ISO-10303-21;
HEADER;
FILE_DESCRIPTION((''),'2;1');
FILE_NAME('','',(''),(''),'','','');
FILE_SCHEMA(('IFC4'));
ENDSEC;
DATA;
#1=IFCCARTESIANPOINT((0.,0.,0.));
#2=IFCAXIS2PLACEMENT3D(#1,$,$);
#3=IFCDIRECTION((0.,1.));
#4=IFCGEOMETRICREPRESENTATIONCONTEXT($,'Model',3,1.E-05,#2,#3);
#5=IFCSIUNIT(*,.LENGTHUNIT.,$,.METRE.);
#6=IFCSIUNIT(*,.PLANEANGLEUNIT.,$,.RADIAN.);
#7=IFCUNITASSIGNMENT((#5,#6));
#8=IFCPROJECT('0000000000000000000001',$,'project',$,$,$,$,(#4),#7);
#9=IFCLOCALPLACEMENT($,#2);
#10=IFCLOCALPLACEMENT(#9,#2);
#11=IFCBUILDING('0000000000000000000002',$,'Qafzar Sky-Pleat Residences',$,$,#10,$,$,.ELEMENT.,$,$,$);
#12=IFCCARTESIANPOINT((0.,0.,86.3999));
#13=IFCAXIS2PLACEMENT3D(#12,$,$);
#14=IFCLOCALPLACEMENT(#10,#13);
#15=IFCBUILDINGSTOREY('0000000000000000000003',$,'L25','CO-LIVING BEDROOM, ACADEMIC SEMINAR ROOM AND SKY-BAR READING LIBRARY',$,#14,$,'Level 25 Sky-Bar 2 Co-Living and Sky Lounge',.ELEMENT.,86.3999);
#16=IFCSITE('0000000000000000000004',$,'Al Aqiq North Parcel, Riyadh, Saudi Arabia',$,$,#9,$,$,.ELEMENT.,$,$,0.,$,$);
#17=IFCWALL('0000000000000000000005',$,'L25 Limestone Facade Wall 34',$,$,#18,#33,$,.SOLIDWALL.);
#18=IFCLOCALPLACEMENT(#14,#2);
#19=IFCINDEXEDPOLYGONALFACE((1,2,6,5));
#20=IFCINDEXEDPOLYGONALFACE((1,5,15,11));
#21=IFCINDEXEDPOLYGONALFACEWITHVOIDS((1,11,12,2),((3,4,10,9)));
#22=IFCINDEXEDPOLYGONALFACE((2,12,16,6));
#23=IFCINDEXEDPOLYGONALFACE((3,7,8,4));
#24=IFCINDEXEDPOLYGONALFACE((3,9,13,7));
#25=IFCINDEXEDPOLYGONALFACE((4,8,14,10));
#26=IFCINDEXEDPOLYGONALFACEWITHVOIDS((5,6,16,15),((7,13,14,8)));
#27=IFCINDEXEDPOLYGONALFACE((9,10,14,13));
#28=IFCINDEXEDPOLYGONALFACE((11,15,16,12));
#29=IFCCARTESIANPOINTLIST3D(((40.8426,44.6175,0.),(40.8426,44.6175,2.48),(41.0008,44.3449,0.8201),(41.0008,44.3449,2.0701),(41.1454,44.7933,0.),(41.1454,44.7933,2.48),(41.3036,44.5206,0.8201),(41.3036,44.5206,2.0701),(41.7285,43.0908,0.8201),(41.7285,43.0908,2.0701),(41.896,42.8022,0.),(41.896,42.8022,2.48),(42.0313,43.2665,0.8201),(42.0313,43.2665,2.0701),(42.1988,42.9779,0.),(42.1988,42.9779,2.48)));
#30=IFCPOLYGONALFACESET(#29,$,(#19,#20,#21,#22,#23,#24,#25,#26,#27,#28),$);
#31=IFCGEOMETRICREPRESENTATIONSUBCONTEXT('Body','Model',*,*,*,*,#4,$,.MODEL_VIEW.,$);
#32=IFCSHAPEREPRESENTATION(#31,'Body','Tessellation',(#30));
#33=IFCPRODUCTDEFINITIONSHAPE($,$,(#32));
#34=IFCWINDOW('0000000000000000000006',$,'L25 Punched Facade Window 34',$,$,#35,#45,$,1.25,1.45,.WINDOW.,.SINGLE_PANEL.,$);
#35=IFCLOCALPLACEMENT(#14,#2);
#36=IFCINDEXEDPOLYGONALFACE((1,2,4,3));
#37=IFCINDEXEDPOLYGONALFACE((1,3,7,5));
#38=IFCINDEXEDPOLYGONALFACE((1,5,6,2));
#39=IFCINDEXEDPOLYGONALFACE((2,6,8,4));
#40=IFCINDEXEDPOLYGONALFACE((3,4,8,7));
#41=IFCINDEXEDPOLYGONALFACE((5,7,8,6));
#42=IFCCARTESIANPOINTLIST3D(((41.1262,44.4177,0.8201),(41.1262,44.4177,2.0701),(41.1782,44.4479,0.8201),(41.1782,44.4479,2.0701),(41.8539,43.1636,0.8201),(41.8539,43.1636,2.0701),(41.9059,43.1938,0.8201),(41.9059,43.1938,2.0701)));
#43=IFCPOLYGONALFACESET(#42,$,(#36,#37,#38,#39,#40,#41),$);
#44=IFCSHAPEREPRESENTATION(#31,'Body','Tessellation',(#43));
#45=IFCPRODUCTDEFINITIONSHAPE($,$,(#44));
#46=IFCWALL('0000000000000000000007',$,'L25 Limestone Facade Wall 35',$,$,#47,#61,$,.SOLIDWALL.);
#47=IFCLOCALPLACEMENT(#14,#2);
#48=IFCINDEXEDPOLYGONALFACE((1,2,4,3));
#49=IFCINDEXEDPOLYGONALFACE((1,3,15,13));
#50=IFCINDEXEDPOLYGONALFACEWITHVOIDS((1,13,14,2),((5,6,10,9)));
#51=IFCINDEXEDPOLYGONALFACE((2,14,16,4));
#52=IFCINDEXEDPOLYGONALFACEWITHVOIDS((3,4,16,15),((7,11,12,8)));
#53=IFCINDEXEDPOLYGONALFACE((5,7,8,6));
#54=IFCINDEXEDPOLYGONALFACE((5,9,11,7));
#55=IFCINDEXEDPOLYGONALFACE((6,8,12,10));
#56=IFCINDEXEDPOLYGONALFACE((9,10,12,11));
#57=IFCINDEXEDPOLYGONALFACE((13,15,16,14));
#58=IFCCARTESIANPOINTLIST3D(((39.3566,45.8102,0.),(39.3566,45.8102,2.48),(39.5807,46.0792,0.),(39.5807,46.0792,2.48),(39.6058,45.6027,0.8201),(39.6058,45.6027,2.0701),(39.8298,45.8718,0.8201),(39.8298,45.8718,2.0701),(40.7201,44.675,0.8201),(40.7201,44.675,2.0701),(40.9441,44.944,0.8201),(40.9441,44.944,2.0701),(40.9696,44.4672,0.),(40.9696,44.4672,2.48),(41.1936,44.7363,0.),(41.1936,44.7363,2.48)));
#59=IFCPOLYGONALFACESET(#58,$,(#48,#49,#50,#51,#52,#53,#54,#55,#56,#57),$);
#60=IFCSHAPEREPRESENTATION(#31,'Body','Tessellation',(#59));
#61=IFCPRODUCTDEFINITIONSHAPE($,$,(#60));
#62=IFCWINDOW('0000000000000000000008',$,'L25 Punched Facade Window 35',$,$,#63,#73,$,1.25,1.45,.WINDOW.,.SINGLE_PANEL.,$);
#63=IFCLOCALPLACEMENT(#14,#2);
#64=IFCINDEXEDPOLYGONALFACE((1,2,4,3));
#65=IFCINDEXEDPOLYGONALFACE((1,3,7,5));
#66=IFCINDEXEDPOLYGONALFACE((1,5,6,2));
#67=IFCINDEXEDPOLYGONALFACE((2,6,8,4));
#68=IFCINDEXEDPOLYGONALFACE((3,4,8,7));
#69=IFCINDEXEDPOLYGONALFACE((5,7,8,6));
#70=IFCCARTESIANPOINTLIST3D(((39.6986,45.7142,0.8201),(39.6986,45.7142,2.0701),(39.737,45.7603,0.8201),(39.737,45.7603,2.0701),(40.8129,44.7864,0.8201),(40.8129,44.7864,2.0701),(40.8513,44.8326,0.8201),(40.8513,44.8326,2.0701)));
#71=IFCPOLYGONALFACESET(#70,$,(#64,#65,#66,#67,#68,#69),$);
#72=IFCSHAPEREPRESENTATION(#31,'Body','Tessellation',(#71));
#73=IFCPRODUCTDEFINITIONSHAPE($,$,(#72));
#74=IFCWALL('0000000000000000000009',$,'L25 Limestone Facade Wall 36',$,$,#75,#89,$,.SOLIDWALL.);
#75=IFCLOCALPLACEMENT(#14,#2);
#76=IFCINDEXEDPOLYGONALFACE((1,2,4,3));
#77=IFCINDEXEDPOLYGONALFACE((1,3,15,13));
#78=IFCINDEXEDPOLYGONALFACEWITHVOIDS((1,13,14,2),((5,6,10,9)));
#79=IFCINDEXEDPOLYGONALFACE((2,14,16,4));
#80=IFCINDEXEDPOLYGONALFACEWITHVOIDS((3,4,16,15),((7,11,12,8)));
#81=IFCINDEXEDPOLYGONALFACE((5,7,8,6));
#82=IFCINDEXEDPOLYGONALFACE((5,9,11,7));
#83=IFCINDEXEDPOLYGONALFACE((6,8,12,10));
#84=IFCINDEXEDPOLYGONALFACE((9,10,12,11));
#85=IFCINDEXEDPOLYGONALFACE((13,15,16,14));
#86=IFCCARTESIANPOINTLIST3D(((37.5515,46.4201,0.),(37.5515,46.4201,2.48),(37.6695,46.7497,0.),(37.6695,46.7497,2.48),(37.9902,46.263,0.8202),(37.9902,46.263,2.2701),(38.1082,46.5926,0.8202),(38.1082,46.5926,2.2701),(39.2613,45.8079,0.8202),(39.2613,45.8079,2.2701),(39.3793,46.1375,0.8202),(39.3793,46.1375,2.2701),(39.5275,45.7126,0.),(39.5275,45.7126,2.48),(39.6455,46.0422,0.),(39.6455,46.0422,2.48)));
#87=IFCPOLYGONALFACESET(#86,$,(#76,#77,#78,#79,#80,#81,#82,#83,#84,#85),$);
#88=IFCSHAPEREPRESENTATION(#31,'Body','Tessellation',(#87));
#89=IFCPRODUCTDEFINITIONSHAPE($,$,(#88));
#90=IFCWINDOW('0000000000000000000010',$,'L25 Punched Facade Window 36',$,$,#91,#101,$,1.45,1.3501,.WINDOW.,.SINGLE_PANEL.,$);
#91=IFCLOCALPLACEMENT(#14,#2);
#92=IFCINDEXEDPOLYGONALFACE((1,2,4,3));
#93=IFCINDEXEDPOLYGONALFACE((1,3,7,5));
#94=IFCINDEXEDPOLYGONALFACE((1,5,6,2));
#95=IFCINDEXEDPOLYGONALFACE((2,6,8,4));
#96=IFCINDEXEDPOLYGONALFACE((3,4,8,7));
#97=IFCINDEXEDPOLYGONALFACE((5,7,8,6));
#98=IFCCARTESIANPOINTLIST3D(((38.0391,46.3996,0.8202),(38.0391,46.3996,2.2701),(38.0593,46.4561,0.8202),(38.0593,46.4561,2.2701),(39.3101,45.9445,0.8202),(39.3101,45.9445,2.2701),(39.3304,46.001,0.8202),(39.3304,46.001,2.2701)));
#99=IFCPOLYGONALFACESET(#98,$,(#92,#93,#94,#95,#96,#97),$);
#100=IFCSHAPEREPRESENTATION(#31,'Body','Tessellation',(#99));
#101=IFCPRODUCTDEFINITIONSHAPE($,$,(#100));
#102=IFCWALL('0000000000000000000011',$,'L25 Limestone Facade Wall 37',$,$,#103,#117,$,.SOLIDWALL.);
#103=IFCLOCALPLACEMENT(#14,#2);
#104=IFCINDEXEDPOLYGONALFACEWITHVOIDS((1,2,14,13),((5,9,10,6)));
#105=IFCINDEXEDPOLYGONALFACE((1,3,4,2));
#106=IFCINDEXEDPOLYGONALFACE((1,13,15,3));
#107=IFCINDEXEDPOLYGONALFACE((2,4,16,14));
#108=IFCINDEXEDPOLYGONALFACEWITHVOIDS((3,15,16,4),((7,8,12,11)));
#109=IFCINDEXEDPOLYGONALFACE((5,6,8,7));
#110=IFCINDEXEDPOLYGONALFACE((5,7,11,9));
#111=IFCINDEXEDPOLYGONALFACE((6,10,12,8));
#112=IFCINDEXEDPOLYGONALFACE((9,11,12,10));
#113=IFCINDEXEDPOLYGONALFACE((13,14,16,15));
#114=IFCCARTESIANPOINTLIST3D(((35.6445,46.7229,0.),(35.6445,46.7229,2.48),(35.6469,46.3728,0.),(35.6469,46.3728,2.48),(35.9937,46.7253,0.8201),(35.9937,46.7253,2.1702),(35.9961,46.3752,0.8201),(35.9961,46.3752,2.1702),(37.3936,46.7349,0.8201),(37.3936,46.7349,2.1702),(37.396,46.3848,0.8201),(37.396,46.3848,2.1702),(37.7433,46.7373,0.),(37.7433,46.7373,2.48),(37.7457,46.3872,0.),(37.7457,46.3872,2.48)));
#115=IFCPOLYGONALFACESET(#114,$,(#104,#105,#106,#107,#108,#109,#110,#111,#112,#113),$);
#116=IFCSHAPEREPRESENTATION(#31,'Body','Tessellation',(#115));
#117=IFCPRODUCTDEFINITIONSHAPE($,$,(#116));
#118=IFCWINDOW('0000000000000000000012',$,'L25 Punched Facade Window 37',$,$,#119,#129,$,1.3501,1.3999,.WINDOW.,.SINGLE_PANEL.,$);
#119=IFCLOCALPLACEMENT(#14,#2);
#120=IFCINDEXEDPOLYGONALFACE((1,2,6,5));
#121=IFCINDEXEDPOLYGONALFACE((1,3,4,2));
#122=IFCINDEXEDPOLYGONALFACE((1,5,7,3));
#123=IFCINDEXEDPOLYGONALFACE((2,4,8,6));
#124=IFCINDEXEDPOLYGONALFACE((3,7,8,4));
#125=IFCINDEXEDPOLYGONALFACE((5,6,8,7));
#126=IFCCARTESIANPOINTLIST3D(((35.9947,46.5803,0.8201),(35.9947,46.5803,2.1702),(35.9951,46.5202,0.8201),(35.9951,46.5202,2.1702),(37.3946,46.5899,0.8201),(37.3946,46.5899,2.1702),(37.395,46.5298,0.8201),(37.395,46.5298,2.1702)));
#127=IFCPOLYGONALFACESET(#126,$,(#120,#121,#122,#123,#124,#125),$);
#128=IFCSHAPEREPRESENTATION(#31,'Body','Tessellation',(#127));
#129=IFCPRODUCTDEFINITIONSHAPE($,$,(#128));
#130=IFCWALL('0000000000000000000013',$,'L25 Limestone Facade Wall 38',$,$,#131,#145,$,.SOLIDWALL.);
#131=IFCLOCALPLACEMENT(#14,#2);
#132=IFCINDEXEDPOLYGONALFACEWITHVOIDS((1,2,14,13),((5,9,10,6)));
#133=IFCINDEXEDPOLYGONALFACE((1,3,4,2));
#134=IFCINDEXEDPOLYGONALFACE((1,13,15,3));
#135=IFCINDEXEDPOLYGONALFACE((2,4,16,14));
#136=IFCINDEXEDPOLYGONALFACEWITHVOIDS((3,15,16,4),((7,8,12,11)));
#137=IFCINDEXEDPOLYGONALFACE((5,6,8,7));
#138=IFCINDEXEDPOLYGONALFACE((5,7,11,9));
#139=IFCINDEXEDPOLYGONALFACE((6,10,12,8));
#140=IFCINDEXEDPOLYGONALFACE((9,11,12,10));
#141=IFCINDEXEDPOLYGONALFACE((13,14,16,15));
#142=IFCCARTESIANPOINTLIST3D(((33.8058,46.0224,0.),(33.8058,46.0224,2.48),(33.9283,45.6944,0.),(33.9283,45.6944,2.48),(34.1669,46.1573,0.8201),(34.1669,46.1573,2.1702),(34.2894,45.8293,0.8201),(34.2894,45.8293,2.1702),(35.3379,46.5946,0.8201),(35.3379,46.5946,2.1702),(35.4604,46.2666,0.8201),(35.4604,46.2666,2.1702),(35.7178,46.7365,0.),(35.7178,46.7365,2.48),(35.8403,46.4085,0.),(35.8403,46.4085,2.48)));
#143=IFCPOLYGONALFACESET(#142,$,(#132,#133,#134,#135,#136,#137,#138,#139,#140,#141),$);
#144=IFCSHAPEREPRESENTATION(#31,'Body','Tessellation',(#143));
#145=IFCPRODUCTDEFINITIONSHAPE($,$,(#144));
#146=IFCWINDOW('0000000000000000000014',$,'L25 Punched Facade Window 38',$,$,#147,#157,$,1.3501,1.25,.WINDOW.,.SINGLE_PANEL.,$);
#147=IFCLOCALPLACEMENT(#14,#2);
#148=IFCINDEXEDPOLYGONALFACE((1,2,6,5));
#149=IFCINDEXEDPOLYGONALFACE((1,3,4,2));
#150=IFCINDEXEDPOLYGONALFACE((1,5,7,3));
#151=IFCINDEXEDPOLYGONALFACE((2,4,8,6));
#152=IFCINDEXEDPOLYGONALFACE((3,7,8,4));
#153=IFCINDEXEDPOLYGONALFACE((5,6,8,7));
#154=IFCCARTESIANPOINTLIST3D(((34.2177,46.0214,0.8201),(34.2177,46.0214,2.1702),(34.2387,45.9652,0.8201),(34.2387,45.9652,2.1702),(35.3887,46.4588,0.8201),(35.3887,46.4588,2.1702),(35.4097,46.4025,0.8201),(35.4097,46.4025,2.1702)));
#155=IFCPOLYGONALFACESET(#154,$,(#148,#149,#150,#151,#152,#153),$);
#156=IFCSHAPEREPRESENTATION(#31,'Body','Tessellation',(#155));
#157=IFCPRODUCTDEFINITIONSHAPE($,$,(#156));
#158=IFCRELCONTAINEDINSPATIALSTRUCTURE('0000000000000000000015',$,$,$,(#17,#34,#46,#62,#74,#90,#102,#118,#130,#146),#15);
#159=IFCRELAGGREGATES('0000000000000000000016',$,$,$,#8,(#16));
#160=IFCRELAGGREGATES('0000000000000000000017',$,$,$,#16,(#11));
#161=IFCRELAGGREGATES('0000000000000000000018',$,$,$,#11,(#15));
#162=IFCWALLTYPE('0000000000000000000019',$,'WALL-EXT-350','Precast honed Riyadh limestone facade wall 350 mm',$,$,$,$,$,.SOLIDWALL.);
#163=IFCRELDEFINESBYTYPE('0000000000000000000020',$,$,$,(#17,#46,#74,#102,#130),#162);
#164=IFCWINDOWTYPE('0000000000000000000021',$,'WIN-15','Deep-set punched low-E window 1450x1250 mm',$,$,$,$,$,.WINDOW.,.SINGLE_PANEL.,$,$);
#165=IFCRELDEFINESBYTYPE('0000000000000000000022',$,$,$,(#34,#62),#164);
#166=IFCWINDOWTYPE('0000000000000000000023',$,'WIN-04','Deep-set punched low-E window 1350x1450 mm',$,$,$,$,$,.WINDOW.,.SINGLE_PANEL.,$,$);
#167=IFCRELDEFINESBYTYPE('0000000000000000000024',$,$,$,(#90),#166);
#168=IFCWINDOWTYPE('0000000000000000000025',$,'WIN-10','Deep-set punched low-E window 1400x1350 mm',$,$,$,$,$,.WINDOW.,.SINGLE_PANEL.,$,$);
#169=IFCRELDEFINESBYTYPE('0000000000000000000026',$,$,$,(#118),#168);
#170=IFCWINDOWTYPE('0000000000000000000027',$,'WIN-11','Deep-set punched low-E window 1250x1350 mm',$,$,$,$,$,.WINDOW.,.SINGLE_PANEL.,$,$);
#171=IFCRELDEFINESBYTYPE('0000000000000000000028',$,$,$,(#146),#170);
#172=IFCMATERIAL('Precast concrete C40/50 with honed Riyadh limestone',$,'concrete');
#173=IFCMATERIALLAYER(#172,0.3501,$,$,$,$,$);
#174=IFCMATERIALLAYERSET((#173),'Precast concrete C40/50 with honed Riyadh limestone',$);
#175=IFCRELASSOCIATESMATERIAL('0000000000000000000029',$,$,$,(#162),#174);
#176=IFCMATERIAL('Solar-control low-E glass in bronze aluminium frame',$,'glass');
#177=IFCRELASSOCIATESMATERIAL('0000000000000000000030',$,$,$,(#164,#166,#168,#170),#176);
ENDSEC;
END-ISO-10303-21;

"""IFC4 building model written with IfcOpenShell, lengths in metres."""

from ifc_helpers import new_model, si_unit, direction, frame, frame_2d, origin, place, context, subcontext, project, spatial, rectangle, extrude, source, transform, mapped, material, layer, layer_set, type_object, element, fill, save


model = new_model("IFC4")

# Units and contexts
model_context = context("Model", 3, precision=1e-05, world=origin(), true_north=direction((0.0, 1.0)))
body_context = subcontext(model_context, "Body", "Model", "MODEL_VIEW")
ifc_project = project(units=[si_unit("LENGTHUNIT", "METRE"), si_unit("PLANEANGLEUNIT", "RADIAN")], contexts=[model_context])

# Site, building, storey
site_placement = place(None, origin())
site = spatial("IfcSite", under=ifc_project, at=site_placement, Name="Al Aqiq North Parcel, Riyadh, Saudi Arabia", CompositionType="ELEMENT", RefElevation=0.0)
building_placement = place(site_placement, origin())
building = spatial("IfcBuilding", under=site, at=building_placement, Name="Qafzar Sky-Pleat Residences", CompositionType="ELEMENT")
storey_placement = place(building_placement, frame((0.0, 0.0, 86.3999)))
storey = spatial("IfcBuildingStorey", under=building, at=storey_placement, Name="L25", Description="CO-LIVING BEDROOM, ACADEMIC SEMINAR ROOM AND SKY-BAR READING LIBRARY", LongName="Level 25 Sky-Bar 2 Co-Living and Sky Lounge", CompositionType="ELEMENT", Elevation=86.3999)

# Walls, openings, windows
ifc_material_1 = material(Name="Precast concrete C40/50 with honed Riyadh limestone", Category="concrete")
ifc_layer_1 = layer(ifc_material_1, 0.3501)
ifc_layer_set_1 = layer_set([ifc_layer_1], Name="Precast concrete C40/50 with honed Riyadh limestone")
wall_type_1 = type_object("IfcWallType", Name="WALL-EXT-350", Description="Precast honed Riyadh limestone facade wall 350 mm", PredefinedType="SOLIDWALL", material=ifc_layer_set_1)
ifc_material_2 = material(Name="Solar-control low-E glass in bronze aluminium frame", Category="glass")
wall_1_placement = place(storey_placement, frame((42.0474, 42.8901, 0.0), z_axis=(0.0, 0.0, 1.0), x_axis=(-0.501903, 0.864924, 0.0)))
wall_1 = element("IfcWall", 1, at=wall_1_placement, inside=storey, type_object=wall_type_1, Name="L25 Limestone Facade Wall 34", PredefinedType="SOLIDWALL", context=body_context, shape_type="SweptSolid", body=[
    extrude(rectangle(XDim=2.0989, YDim=0.3501, at=frame_2d((1.0493, 0.0))), origin(), (0.0, 0.0, 1.0), 2.48),
])
opening_1_placement = place(wall_1_placement, frame((0.3335, 0.0, 0.8201)))
opening_1 = element("IfcOpeningElement", 2, at=opening_1_placement, cuts=wall_1, PredefinedType="OPENING", context=body_context, shape_type="SweptSolid", body=[
    extrude(rectangle(XDim=1.45, YDim=1.25, at=frame_2d((0.7251, 0.625))), frame((0.0, 0.1851, 0.0), z_axis=(0.0, -1.0, 0.0), x_axis=(1.0, 0.0, 0.0)), (0.0, 0.0, 1.0), 0.3701),
])
window_type_1 = type_object("IfcWindowType", Name="WIN-15", Description="Deep-set punched low-E window 1450x1250 mm", PartitioningType="SINGLE_PANEL", PredefinedType="WINDOW", material=ifc_material_2)
shared_shape_1 = source(origin(), body_context, "Body", "SweptSolid", [
    extrude(rectangle(XDim=1.45, YDim=1.25, at=frame_2d((0.7251, 0.625))), frame((0.0, 0.03, 0.0), z_axis=(0.0, -1.0, 0.0), x_axis=(1.0, 0.0, 0.0)), (0.0, 0.0, 1.0), 0.0601),
])
window_1_placement = place(opening_1_placement, origin())
window_1 = element("IfcWindow", 3, at=window_1_placement, inside=storey, type_object=window_type_1, Name="L25 Punched Facade Window 34", OverallHeight=1.25, OverallWidth=1.45, PartitioningType="SINGLE_PANEL", PredefinedType="WINDOW", context=body_context, shape_type="MappedRepresentation", body=[
    mapped(shared_shape_1, transform((0.0, 0.0, 0.0), x_axis=(1.0, 0.0, 0.0), y_axis=(0.0, 1.0, 0.0), z_axis=(0.0, 0.0, 1.0), scale=1.0)),
])
fill(opening_1, window_1)
wall_2_placement = place(storey_placement, frame((41.0815, 44.6018, 0.0), z_axis=(0.0, 0.0, 1.0), x_axis=(-0.768498, 0.639853, 0.0)))
wall_2 = element("IfcWall", 4, at=wall_2_placement, inside=storey, type_object=wall_type_1, Name="L25 Limestone Facade Wall 35", PredefinedType="SOLIDWALL", context=body_context, shape_type="SweptSolid", body=[
    extrude(rectangle(XDim=2.0989, YDim=0.3501, at=frame_2d((1.0493, 0.0))), origin(), (0.0, 0.0, 1.0), 2.48),
])
opening_2_placement = place(wall_2_placement, frame((0.3245, 0.0, 0.8201)))
opening_2 = element("IfcOpeningElement", 5, at=opening_2_placement, cuts=wall_2, PredefinedType="OPENING", context=body_context, shape_type="SweptSolid", body=[
    extrude(rectangle(XDim=1.45, YDim=1.25, at=frame_2d((0.7251, 0.625))), frame((0.0, 0.1851, 0.0), z_axis=(0.0, -1.0, 0.0), x_axis=(1.0, 0.0, 0.0)), (0.0, 0.0, 1.0), 0.3701),
])
window_2_placement = place(opening_2_placement, origin())
window_2 = element("IfcWindow", 6, at=window_2_placement, inside=storey, type_object=window_type_1, Name="L25 Punched Facade Window 35", OverallHeight=1.25, OverallWidth=1.45, PartitioningType="SINGLE_PANEL", PredefinedType="WINDOW", context=body_context, shape_type="MappedRepresentation", body=[
    mapped(shared_shape_1, transform((0.0, 0.0, 0.0), x_axis=(1.0, 0.0, 0.0), y_axis=(0.0, 1.0, 0.0), z_axis=(0.0, 0.0, 1.0), scale=1.0)),
])
fill(opening_2, window_2)
wall_3_placement = place(storey_placement, frame((39.5864, 45.8774, 0.0), z_axis=(0.0, 0.0, 1.0), x_axis=(-0.941473, 0.337088, 0.0)))
wall_3 = element("IfcWall", 7, at=wall_3_placement, inside=storey, type_object=wall_type_1, Name="L25 Limestone Facade Wall 36", PredefinedType="SOLIDWALL", context=body_context, shape_type="SweptSolid", body=[
    extrude(rectangle(XDim=2.0989, YDim=0.3501, at=frame_2d((1.0493, 0.0))), origin(), (0.0, 0.0, 1.0), 2.48),
])
opening_3_placement = place(wall_3_placement, frame((0.2827, 0.0, 0.8201)))
opening_3 = element("IfcOpeningElement", 8, at=opening_3_placement, cuts=wall_3, PredefinedType="OPENING", context=body_context, shape_type="SweptSolid", body=[
    extrude(rectangle(XDim=1.3501, YDim=1.45, at=frame_2d((0.675, 0.7251))), frame((0.0, 0.1851, 0.0), z_axis=(0.0, -1.0, 0.0), x_axis=(1.0, 0.0, 0.0)), (0.0, 0.0, 1.0), 0.3701),
])
window_type_2 = type_object("IfcWindowType", Name="WIN-04", Description="Deep-set punched low-E window 1350x1450 mm", PartitioningType="SINGLE_PANEL", PredefinedType="WINDOW", material=ifc_material_2)
shared_shape_2 = source(origin(), body_context, "Body", "SweptSolid", [
    extrude(rectangle(XDim=1.3501, YDim=1.45, at=frame_2d((0.675, 0.7251))), frame((0.0, 0.03, 0.0), z_axis=(0.0, -1.0, 0.0), x_axis=(1.0, 0.0, 0.0)), (0.0, 0.0, 1.0), 0.0601),
])
window_3_placement = place(opening_3_placement, origin())
window_3 = element("IfcWindow", 9, at=window_3_placement, inside=storey, type_object=window_type_2, Name="L25 Punched Facade Window 36", OverallHeight=1.45, OverallWidth=1.3501, PartitioningType="SINGLE_PANEL", PredefinedType="WINDOW", context=body_context, shape_type="MappedRepresentation", body=[
    mapped(shared_shape_2, transform((0.0, 0.0, 0.0), x_axis=(1.0, 0.0, 0.0), y_axis=(0.0, 1.0, 0.0), z_axis=(0.0, 0.0, 1.0), scale=1.0)),
])
fill(opening_3, window_3)
wall_4_placement = place(storey_placement, frame((37.7444, 46.5623, 0.0), z_axis=(0.0, 0.0, 1.0), x_axis=(-0.999976, -0.006863, 0.0)))
wall_4 = element("IfcWall", 10, at=wall_4_placement, inside=storey, type_object=wall_type_1, Name="L25 Limestone Facade Wall 37", PredefinedType="SOLIDWALL", context=body_context, shape_type="SweptSolid", body=[
    extrude(rectangle(XDim=2.0989, YDim=0.3501, at=frame_2d((1.0493, 0.0))), origin(), (0.0, 0.0, 1.0), 2.48),
])
opening_4_placement = place(wall_4_placement, frame((0.3496, 0.0, 0.8201)))
opening_4 = element("IfcOpeningElement", 11, at=opening_4_placement, cuts=wall_4, PredefinedType="OPENING", context=body_context, shape_type="SweptSolid", body=[
    extrude(rectangle(XDim=1.3999, YDim=1.3501, at=frame_2d((0.7, 0.675))), frame((0.0, 0.1851, 0.0), z_axis=(0.0, -1.0, 0.0), x_axis=(1.0, 0.0, 0.0)), (0.0, 0.0, 1.0), 0.3701),
])
window_type_3 = type_object("IfcWindowType", Name="WIN-10", Description="Deep-set punched low-E window 1400x1350 mm", PartitioningType="SINGLE_PANEL", PredefinedType="WINDOW", material=ifc_material_2)
shared_shape_3 = source(origin(), body_context, "Body", "SweptSolid", [
    extrude(rectangle(XDim=1.3999, YDim=1.3501, at=frame_2d((0.7, 0.675))), frame((0.0, 0.03, 0.0), z_axis=(0.0, -1.0, 0.0), x_axis=(1.0, 0.0, 0.0)), (0.0, 0.0, 1.0), 0.0601),
])
window_4_placement = place(opening_4_placement, origin())
window_4 = element("IfcWindow", 12, at=window_4_placement, inside=storey, type_object=window_type_3, Name="L25 Punched Facade Window 37", OverallHeight=1.3501, OverallWidth=1.3999, PartitioningType="SINGLE_PANEL", PredefinedType="WINDOW", context=body_context, shape_type="MappedRepresentation", body=[
    mapped(shared_shape_3, transform((0.0, 0.0, 0.0), x_axis=(1.0, 0.0, 0.0), y_axis=(0.0, 1.0, 0.0), z_axis=(0.0, 0.0, 1.0), scale=1.0)),
])
fill(opening_4, window_4)
wall_5_placement = place(storey_placement, frame((35.7791, 46.5725, 0.0), z_axis=(0.0, 0.0, 1.0), x_axis=(-0.9368, -0.349865, 0.0)))
wall_5 = element("IfcWall", 13, at=wall_5_placement, inside=storey, type_object=wall_type_1, Name="L25 Limestone Facade Wall 38", PredefinedType="SOLIDWALL", context=body_context, shape_type="SweptSolid", body=[
    extrude(rectangle(XDim=2.041, YDim=0.3501, at=frame_2d((1.0205, 0.0))), origin(), (0.0, 0.0, 1.0), 2.48),
])
opening_5_placement = place(wall_5_placement, frame((0.4055, 0.0, 0.8201)))
opening_5 = element("IfcOpeningElement", 14, at=opening_5_placement, cuts=wall_5, PredefinedType="OPENING", context=body_context, shape_type="SweptSolid", body=[
    extrude(rectangle(XDim=1.25, YDim=1.3501, at=frame_2d((0.625, 0.675))), frame((0.0, 0.1851, 0.0), z_axis=(0.0, -1.0, 0.0), x_axis=(1.0, 0.0, 0.0)), (0.0, 0.0, 1.0), 0.3701),
])
window_type_4 = type_object("IfcWindowType", Name="WIN-11", Description="Deep-set punched low-E window 1250x1350 mm", PartitioningType="SINGLE_PANEL", PredefinedType="WINDOW", material=ifc_material_2)
shared_shape_4 = source(origin(), body_context, "Body", "SweptSolid", [
    extrude(rectangle(XDim=1.25, YDim=1.3501, at=frame_2d((0.625, 0.675))), frame((0.0, 0.03, 0.0), z_axis=(0.0, -1.0, 0.0), x_axis=(1.0, 0.0, 0.0)), (0.0, 0.0, 1.0), 0.0601),
])
window_5_placement = place(opening_5_placement, origin())
window_5 = element("IfcWindow", 15, at=window_5_placement, inside=storey, type_object=window_type_4, Name="L25 Punched Facade Window 38", OverallHeight=1.3501, OverallWidth=1.25, PartitioningType="SINGLE_PANEL", PredefinedType="WINDOW", context=body_context, shape_type="MappedRepresentation", body=[
    mapped(shared_shape_4, transform((0.0, 0.0, 0.0), x_axis=(1.0, 0.0, 0.0), y_axis=(0.0, 1.0, 0.0), z_axis=(0.0, 0.0, 1.0), scale=1.0)),
])
fill(opening_5, window_5)

save(model, "model.ifc")
